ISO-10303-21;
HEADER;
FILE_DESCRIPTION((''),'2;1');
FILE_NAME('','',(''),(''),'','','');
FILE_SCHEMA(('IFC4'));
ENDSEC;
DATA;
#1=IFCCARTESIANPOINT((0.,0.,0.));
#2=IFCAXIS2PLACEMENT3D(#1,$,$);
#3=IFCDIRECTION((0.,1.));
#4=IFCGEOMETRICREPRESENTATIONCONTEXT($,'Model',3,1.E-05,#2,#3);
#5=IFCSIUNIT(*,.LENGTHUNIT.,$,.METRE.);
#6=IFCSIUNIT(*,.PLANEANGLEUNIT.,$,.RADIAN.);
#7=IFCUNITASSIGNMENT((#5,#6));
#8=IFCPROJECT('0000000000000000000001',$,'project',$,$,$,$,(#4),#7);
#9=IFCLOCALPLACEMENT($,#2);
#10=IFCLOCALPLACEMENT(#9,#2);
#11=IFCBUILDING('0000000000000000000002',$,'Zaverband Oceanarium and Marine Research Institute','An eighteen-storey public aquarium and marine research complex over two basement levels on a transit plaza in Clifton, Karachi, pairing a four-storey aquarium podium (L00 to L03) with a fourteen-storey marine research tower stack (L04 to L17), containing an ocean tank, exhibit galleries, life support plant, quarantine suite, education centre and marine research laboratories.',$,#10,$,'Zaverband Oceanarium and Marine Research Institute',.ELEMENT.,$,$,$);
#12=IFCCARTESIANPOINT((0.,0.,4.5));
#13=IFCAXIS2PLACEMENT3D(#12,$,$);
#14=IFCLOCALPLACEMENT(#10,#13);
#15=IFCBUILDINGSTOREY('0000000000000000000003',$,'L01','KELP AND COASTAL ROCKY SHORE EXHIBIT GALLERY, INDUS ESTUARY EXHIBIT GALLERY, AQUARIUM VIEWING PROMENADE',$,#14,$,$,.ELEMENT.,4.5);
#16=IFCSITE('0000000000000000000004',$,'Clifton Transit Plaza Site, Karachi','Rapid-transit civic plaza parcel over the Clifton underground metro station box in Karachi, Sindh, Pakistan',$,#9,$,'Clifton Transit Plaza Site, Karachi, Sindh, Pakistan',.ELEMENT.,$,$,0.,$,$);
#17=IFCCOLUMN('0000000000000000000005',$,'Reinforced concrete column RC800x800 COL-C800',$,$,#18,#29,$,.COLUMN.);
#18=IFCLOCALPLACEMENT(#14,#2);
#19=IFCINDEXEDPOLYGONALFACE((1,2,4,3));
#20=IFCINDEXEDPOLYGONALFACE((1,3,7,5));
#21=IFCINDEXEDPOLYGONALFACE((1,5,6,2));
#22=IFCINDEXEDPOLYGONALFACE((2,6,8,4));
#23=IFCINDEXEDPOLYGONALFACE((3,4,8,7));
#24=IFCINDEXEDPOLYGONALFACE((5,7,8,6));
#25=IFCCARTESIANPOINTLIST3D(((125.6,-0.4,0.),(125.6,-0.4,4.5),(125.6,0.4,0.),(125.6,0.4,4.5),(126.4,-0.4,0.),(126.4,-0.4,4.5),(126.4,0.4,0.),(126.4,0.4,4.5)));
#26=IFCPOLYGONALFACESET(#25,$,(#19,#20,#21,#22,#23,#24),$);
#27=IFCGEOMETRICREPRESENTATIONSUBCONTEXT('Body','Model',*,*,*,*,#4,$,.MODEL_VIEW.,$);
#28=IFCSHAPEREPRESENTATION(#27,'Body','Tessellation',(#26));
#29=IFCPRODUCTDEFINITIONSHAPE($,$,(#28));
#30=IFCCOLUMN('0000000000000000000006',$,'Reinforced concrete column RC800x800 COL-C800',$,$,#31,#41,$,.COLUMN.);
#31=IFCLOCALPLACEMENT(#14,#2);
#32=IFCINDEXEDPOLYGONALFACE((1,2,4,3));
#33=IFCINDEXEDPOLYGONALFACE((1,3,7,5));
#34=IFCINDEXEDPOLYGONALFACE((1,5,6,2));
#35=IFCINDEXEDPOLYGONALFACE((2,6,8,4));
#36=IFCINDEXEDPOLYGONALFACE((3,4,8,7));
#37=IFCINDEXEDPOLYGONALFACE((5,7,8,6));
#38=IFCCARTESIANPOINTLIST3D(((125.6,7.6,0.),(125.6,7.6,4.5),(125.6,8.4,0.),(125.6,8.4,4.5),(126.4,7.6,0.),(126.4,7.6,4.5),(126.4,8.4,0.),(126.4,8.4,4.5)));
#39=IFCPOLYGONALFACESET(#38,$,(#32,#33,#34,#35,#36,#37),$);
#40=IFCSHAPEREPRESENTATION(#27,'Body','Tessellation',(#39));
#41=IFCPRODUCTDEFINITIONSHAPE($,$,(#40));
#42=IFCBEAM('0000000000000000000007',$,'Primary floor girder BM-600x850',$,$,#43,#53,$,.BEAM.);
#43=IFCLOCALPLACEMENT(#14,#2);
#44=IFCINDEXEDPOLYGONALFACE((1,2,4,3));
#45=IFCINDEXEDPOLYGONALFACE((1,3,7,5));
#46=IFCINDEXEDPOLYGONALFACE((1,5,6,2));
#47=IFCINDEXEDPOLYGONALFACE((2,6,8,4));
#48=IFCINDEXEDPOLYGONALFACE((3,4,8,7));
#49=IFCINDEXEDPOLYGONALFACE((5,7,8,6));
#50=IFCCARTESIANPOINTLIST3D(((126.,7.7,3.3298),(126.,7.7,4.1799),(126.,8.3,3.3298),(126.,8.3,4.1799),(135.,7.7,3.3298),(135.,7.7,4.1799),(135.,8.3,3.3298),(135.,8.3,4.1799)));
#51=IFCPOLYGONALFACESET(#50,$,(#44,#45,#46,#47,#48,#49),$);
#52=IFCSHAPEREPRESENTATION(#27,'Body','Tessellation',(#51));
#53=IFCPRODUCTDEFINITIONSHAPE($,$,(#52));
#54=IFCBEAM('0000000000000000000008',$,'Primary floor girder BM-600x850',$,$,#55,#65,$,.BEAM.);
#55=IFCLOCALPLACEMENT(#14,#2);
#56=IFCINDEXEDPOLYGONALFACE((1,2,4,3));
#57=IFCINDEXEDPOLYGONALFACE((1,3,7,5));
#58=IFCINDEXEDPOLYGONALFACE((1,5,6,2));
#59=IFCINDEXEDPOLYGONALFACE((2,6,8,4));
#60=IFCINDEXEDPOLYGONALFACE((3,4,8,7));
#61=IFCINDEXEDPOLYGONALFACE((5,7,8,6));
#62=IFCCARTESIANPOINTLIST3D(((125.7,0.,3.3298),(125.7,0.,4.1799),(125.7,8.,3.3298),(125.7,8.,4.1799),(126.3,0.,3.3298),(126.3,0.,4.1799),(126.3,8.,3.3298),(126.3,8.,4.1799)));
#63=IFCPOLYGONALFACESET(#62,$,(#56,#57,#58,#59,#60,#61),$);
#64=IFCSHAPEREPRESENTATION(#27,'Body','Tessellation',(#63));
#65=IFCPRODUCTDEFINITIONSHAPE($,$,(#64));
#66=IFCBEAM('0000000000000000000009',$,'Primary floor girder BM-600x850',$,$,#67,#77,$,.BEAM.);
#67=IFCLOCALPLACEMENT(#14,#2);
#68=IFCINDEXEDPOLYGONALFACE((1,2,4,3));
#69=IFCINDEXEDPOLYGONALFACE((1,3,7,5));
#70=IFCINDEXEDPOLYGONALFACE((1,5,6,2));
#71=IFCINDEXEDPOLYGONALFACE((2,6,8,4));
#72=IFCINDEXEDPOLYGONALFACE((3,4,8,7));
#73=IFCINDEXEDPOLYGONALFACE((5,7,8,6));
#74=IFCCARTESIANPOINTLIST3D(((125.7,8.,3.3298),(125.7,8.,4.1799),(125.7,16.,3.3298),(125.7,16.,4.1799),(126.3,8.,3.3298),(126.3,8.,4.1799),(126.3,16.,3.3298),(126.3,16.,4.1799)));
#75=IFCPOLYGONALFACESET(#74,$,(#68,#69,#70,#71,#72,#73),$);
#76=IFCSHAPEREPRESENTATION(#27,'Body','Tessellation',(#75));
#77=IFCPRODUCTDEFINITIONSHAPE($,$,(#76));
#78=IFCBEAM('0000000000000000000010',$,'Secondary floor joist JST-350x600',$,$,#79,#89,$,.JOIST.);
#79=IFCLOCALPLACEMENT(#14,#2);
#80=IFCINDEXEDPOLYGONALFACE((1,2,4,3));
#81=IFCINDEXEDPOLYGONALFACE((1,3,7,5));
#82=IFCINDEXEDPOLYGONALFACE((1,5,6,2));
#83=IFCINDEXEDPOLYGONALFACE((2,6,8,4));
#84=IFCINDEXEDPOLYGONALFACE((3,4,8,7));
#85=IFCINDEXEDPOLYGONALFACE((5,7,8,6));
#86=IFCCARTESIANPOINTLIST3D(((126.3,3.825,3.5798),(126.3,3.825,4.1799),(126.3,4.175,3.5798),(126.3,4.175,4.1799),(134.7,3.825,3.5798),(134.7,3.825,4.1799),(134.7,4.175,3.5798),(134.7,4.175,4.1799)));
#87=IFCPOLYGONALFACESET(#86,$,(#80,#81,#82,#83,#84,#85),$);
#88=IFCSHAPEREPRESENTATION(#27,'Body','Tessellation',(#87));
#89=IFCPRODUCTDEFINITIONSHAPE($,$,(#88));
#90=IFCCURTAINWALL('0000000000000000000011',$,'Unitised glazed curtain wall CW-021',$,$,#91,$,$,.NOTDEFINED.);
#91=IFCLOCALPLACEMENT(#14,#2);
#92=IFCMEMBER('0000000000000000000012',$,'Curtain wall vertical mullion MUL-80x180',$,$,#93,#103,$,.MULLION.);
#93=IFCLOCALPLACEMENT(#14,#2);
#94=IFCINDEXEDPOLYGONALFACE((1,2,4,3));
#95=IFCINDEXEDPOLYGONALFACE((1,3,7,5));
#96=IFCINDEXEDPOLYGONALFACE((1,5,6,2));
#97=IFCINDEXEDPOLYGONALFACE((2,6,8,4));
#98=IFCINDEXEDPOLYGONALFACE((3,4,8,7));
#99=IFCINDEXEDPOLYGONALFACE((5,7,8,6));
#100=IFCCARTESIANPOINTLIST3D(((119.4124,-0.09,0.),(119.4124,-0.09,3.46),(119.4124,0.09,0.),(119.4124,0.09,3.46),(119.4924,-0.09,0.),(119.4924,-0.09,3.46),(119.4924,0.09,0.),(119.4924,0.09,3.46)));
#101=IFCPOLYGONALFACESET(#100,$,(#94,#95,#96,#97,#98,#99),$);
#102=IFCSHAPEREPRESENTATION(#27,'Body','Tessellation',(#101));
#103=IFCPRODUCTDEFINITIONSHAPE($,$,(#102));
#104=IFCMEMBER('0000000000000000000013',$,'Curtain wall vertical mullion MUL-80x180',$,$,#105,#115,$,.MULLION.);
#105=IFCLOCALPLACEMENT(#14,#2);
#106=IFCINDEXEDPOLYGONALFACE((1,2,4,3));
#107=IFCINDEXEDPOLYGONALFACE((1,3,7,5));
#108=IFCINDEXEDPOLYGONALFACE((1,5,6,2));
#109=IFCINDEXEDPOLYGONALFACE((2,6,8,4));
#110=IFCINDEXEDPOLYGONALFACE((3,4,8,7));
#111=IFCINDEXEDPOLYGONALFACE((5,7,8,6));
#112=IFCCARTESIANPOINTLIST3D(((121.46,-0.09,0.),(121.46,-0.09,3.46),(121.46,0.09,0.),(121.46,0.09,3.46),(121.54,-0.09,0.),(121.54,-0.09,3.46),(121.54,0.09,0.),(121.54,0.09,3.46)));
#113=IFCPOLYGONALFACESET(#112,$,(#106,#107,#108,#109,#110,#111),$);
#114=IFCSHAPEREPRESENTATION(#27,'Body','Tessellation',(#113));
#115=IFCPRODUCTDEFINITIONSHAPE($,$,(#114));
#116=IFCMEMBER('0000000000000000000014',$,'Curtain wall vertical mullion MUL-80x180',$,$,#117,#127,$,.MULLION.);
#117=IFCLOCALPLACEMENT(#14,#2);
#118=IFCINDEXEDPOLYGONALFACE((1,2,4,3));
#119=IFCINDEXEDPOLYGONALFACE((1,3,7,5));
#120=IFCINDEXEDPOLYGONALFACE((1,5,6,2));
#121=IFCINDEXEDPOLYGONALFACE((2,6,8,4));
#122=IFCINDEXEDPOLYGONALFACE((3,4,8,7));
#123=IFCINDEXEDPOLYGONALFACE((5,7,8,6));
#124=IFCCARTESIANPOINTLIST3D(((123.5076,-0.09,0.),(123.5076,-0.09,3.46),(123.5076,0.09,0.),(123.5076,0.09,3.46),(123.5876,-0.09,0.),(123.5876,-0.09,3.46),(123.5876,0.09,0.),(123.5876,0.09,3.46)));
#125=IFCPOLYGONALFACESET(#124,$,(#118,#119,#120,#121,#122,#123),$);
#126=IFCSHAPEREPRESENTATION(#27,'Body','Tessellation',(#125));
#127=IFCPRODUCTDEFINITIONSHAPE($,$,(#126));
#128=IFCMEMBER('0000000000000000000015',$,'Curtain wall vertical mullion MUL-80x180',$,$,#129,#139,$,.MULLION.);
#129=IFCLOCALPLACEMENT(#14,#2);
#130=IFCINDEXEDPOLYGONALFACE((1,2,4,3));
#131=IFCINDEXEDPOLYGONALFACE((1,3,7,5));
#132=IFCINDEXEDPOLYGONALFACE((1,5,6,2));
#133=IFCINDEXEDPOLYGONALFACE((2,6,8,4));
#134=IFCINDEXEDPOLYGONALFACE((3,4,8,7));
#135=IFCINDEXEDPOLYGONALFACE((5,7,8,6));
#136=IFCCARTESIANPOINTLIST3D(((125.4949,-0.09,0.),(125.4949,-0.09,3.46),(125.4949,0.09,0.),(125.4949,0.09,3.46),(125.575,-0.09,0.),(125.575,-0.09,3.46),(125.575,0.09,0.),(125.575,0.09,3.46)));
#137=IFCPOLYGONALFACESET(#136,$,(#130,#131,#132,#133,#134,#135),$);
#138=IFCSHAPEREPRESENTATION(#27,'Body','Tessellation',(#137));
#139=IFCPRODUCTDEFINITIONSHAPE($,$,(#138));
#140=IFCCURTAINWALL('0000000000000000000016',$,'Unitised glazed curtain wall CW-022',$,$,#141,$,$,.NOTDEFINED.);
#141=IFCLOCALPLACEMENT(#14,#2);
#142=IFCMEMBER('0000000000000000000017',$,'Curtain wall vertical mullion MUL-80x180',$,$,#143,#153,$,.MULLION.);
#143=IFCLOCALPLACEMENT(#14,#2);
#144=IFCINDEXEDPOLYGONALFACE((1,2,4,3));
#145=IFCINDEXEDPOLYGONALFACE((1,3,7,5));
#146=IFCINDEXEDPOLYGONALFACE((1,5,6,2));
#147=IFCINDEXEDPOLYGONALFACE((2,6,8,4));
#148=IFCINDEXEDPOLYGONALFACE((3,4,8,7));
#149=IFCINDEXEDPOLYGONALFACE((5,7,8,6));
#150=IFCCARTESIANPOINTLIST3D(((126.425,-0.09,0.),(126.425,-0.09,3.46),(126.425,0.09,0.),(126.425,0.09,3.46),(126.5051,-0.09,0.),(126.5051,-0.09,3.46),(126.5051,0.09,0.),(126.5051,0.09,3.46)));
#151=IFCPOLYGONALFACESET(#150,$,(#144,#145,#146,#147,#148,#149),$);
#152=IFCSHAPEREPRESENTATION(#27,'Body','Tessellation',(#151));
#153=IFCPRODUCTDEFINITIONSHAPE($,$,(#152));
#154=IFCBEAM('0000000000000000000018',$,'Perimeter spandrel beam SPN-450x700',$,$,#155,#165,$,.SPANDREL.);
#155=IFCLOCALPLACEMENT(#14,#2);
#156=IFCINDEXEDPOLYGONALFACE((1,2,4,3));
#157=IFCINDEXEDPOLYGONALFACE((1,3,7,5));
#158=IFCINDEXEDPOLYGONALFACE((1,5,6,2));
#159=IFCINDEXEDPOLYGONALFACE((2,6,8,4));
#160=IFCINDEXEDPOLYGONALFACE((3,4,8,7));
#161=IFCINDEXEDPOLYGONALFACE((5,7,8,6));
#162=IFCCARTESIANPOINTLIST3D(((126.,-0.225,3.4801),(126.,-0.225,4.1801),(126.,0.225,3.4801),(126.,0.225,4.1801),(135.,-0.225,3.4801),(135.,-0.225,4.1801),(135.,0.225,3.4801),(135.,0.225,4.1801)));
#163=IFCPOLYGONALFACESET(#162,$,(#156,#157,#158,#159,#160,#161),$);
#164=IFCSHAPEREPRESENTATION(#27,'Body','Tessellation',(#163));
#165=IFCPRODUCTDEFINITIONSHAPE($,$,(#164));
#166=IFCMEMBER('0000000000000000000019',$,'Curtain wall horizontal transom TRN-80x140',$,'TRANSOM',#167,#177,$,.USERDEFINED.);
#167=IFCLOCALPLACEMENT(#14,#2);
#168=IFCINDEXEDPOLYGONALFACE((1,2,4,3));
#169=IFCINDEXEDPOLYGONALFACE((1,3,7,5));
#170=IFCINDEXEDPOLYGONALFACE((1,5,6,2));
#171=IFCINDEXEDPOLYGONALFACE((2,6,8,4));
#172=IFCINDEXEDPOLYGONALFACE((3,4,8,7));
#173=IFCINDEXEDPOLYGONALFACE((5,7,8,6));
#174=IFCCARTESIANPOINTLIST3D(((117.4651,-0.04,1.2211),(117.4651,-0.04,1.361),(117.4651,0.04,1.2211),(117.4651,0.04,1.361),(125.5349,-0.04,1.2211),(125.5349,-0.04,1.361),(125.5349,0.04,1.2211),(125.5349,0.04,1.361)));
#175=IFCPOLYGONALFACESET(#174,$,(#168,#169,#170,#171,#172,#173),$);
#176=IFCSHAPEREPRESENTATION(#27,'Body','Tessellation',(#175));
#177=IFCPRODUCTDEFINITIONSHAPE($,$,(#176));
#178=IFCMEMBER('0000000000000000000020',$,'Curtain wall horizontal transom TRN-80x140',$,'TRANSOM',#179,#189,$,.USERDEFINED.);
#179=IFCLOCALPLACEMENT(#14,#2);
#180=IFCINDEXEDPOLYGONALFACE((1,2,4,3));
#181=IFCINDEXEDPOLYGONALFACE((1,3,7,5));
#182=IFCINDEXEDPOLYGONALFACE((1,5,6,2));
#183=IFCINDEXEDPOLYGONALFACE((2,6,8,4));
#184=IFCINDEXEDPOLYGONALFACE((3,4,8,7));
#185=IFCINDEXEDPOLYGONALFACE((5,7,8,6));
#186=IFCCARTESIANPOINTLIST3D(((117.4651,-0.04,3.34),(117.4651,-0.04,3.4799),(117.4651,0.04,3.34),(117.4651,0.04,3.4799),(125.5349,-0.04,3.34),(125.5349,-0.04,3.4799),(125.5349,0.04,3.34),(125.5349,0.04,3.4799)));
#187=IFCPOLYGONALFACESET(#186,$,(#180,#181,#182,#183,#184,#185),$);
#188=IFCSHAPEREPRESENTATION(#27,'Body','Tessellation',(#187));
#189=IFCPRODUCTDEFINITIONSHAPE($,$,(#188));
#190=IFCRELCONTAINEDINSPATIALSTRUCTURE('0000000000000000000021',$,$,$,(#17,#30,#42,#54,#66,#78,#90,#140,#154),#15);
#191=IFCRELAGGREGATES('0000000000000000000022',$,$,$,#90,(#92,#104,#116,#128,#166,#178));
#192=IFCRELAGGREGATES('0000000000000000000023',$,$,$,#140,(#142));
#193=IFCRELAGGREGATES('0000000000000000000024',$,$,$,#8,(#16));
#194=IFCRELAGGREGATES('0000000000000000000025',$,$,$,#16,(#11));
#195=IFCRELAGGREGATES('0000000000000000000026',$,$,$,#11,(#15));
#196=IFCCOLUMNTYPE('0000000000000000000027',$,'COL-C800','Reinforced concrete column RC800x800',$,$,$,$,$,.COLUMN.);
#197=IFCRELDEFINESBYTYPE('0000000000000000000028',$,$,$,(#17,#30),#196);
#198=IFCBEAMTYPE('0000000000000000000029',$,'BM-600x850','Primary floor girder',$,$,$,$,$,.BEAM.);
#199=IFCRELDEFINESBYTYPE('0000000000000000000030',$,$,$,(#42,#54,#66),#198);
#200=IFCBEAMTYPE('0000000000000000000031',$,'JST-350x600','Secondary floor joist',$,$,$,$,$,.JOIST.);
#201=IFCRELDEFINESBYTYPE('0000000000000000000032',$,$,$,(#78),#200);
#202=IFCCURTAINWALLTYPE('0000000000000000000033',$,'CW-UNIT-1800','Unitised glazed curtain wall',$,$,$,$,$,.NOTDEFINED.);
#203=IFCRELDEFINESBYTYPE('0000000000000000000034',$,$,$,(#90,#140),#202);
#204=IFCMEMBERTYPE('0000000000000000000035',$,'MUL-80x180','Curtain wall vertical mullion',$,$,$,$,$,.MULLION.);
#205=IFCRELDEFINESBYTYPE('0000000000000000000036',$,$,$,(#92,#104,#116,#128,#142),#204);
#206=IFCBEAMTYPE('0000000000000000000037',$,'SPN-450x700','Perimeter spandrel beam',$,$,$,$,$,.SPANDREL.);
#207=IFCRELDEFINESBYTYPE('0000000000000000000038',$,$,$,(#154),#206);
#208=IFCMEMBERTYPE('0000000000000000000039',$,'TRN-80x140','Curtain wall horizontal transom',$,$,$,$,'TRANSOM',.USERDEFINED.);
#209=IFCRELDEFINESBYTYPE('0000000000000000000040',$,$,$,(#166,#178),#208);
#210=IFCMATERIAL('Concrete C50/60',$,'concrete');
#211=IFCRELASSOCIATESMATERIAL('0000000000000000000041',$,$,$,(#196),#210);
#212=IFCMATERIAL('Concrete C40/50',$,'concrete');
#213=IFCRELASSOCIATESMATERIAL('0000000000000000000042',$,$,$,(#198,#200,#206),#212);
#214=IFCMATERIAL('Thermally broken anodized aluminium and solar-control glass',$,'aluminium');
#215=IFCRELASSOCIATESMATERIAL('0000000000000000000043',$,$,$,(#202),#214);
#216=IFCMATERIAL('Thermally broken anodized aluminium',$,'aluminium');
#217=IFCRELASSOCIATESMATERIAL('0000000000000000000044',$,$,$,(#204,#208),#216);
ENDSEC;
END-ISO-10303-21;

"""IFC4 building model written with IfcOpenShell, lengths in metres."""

from ifc_helpers import new_model, si_unit, direction, frame, origin, origin_2d, place, context, subcontext, project, spatial, rectangle, extrude, material, material_profile, profile_set, type_object, element, aggregate, save


model = new_model("IFC4")

# Units and contexts
model_context = context("Model", 3, precision=1e-05, world=origin(), true_north=direction((0.0, 1.0)))
body_context = subcontext(model_context, "Body", "Model", "MODEL_VIEW")
ifc_project = project(units=[si_unit("LENGTHUNIT", "METRE"), si_unit("PLANEANGLEUNIT", "RADIAN")], contexts=[model_context])

# Site, building, storey
site_placement = place(None, origin())
site = spatial("IfcSite", under=ifc_project, at=site_placement, Name="Clifton Transit Plaza Site, Karachi", Description="Rapid-transit civic plaza parcel over the Clifton underground metro station box in Karachi, Sindh, Pakistan", LongName="Clifton Transit Plaza Site, Karachi, Sindh, Pakistan", CompositionType="ELEMENT", RefElevation=0.0)
building_placement = place(site_placement, origin())
building = spatial("IfcBuilding", under=site, at=building_placement, Name="Zaverband Oceanarium and Marine Research Institute", Description="An eighteen-storey public aquarium and marine research complex over two basement levels on a transit plaza in Clifton, Karachi, pairing a four-storey aquarium podium (L00 to L03) with a fourteen-storey marine research tower stack (L04 to L17), containing an ocean tank, exhibit galleries, life support plant, quarantine suite, education centre and marine research laboratories.", LongName="Zaverband Oceanarium and Marine Research Institute", CompositionType="ELEMENT")
storey_placement = place(building_placement, frame((0.0, 0.0, 4.5)))
storey = spatial("IfcBuildingStorey", under=building, at=storey_placement, Name="L01", Description="KELP AND COASTAL ROCKY SHORE EXHIBIT GALLERY, INDUS ESTUARY EXHIBIT GALLERY, AQUARIUM VIEWING PROMENADE", CompositionType="ELEMENT", Elevation=4.5)

# Columns
ifc_material_1 = material(Name="Concrete C50/60", Category="concrete")
ifc_material_profile_1 = material_profile(ifc_material_1, rectangle(XDim=0.8, YDim=0.8, at=origin_2d()), Name="RC800x800")
ifc_profile_set_1 = profile_set([ifc_material_profile_1], Name="Concrete C50/60")
column_type = type_object("IfcColumnType", Name="COL-C800", Description="Reinforced concrete column RC800x800", PredefinedType="COLUMN", material=ifc_profile_set_1)
for number, where, z_axis, x_axis, name in (
    (1, (126.0, 0.0, 0.0), (0.0, 0.0, 1.0), (1.0, 0.0, 0.0), "Reinforced concrete column RC800x800 COL-C800"),
    (2, (126.0, 8.0, 0.0), (0.0, 0.0, 1.0), (1.0, 0.0, 0.0), "Reinforced concrete column RC800x800 COL-C800"),
):
    element("IfcColumn", number, at=place(storey_placement, frame(where, z_axis=z_axis, x_axis=x_axis)), inside=storey, type_object=column_type, Name=name, PredefinedType="COLUMN", context=body_context, shape_type="SweptSolid", body=[
        extrude(rectangle(XDim=0.8, YDim=0.8, at=origin_2d()), origin(), (0.0, 0.0, 1.0), 4.5),
    ])

# Beams
ifc_material_2 = material(Name="Concrete C40/50", Category="concrete")
ifc_material_profile_2 = material_profile(ifc_material_2, rectangle(XDim=0.6001, YDim=0.8501, at=origin_2d()), Name="RC600x850")
ifc_profile_set_2 = profile_set([ifc_material_profile_2], Name="Concrete C40/50")
beam_type_1 = type_object("IfcBeamType", Name="BM-600x850", Description="Primary floor girder", PredefinedType="BEAM", material=ifc_profile_set_2)
beam_1_placement = place(storey_placement, frame((126.0, 8.0, 3.7549), z_axis=(1.0, 0.0, 0.0), x_axis=(0.0, 1.0, 0.0)))
element("IfcBeam", 3, at=beam_1_placement, inside=storey, type_object=beam_type_1, Name="Primary floor girder BM-600x850", PredefinedType="BEAM", context=body_context, shape_type="SweptSolid", body=[
    extrude(rectangle(XDim=0.6001, YDim=0.8501, at=origin_2d()), origin(), (0.0, 0.0, 1.0), 9.0),
])
for number, where, z_axis, x_axis, name in (
    (4, (126.0, 0.0, 3.7549), (0.0, 1.0, 0.0), (-1.0, 0.0, 0.0), "Primary floor girder BM-600x850"),
    (5, (126.0, 8.0, 3.7549), (0.0, 1.0, 0.0), (-1.0, 0.0, 0.0), "Primary floor girder BM-600x850"),
):
    element("IfcBeam", number, at=place(storey_placement, frame(where, z_axis=z_axis, x_axis=x_axis)), inside=storey, type_object=beam_type_1, Name=name, PredefinedType="BEAM", context=body_context, shape_type="SweptSolid", body=[
        extrude(rectangle(XDim=0.6001, YDim=0.8501, at=origin_2d()), origin(), (0.0, 0.0, 1.0), 8.0),
    ])
ifc_material_profile_3 = material_profile(ifc_material_2, rectangle(XDim=0.3501, YDim=0.6001, at=origin_2d()), Name="RC350x600")
ifc_profile_set_3 = profile_set([ifc_material_profile_3], Name="Concrete C40/50")
beam_type_2 = type_object("IfcBeamType", Name="JST-350x600", Description="Secondary floor joist", PredefinedType="JOIST", material=ifc_profile_set_3)
beam_2_placement = place(storey_placement, frame((126.3, 4.0, 3.8799), z_axis=(1.0, 0.0, 0.0), x_axis=(0.0, 1.0, 0.0)))
element("IfcBeam", 6, at=beam_2_placement, inside=storey, type_object=beam_type_2, Name="Secondary floor joist JST-350x600", PredefinedType="JOIST", context=body_context, shape_type="SweptSolid", body=[
    extrude(rectangle(XDim=0.3501, YDim=0.6001, at=origin_2d()), origin(), (0.0, 0.0, 1.0), 8.3999),
])

# Curtain wall, members
ifc_material_3 = material(Name="Thermally broken anodized aluminium and solar-control glass", Category="aluminium")
curtain_wall_type = type_object("IfcCurtainWallType", Name="CW-UNIT-1800", Description="Unitised glazed curtain wall", PredefinedType="NOTDEFINED", material=ifc_material_3)
curtain_wall_1_placement = place(storey_placement, origin())
curtain_wall_1 = element("IfcCurtainWall", 7, at=curtain_wall_1_placement, inside=storey, type_object=curtain_wall_type, Name="Unitised glazed curtain wall CW-021", PredefinedType="NOTDEFINED")
ifc_material_4 = material(Name="Thermally broken anodized aluminium", Category="aluminium")
ifc_material_profile_4 = material_profile(ifc_material_4, rectangle(XDim=0.0801, YDim=0.1799, at=origin_2d()), Name="AL-MUL-80x180")
ifc_profile_set_4 = profile_set([ifc_material_profile_4], Name="Thermally broken anodized aluminium")
member_type_1 = type_object("IfcMemberType", Name="MUL-80x180", Description="Curtain wall vertical mullion", PredefinedType="MULLION", material=ifc_profile_set_4)
member_1_placement = place(storey_placement, frame((119.4524, 0.0, 0.0), z_axis=(0.0, 0.0, 1.0), x_axis=(1.0, 0.0, 0.0)))
member_1 = element("IfcMember", 8, at=member_1_placement, type_object=member_type_1, Name="Curtain wall vertical mullion MUL-80x180", PredefinedType="MULLION", context=body_context, shape_type="SweptSolid", body=[
    extrude(rectangle(XDim=0.0801, YDim=0.1799, at=origin_2d()), origin(), (0.0, 0.0, 1.0), 3.46),
])
member_2_placement = place(storey_placement, frame((121.5, 0.0, 0.0), z_axis=(0.0, 0.0, 1.0), x_axis=(1.0, 0.0, 0.0)))
member_2 = element("IfcMember", 9, at=member_2_placement, type_object=member_type_1, Name="Curtain wall vertical mullion MUL-80x180", PredefinedType="MULLION", context=body_context, shape_type="SweptSolid", body=[
    extrude(rectangle(XDim=0.0801, YDim=0.1799, at=origin_2d()), origin(), (0.0, 0.0, 1.0), 3.46),
])
member_3_placement = place(storey_placement, frame((123.5476, 0.0, 0.0), z_axis=(0.0, 0.0, 1.0), x_axis=(1.0, 0.0, 0.0)))
member_3 = element("IfcMember", 10, at=member_3_placement, type_object=member_type_1, Name="Curtain wall vertical mullion MUL-80x180", PredefinedType="MULLION", context=body_context, shape_type="SweptSolid", body=[
    extrude(rectangle(XDim=0.0801, YDim=0.1799, at=origin_2d()), origin(), (0.0, 0.0, 1.0), 3.46),
])
member_4_placement = place(storey_placement, frame((125.5349, 0.0, 0.0), z_axis=(0.0, 0.0, 1.0), x_axis=(1.0, 0.0, 0.0)))
member_4 = element("IfcMember", 11, at=member_4_placement, type_object=member_type_1, Name="Curtain wall vertical mullion MUL-80x180", PredefinedType="MULLION", context=body_context, shape_type="SweptSolid", body=[
    extrude(rectangle(XDim=0.0801, YDim=0.1799, at=origin_2d()), origin(), (0.0, 0.0, 1.0), 3.46),
])

# Curtain wall, member
curtain_wall_2_placement = place(storey_placement, origin())
curtain_wall_2 = element("IfcCurtainWall", 12, at=curtain_wall_2_placement, inside=storey, type_object=curtain_wall_type, Name="Unitised glazed curtain wall CW-022", PredefinedType="NOTDEFINED")
member_5_placement = place(storey_placement, frame((126.4651, 0.0, 0.0), z_axis=(0.0, 0.0, 1.0), x_axis=(1.0, 0.0, 0.0)))
member_5 = element("IfcMember", 13, at=member_5_placement, type_object=member_type_1, Name="Curtain wall vertical mullion MUL-80x180", PredefinedType="MULLION", context=body_context, shape_type="SweptSolid", body=[
    extrude(rectangle(XDim=0.0801, YDim=0.1799, at=origin_2d()), origin(), (0.0, 0.0, 1.0), 3.46),
])

# Beam
ifc_material_profile_5 = material_profile(ifc_material_2, rectangle(XDim=0.45, YDim=0.7, at=origin_2d()), Name="RC450x700")
ifc_profile_set_5 = profile_set([ifc_material_profile_5], Name="Concrete C40/50")
beam_type_3 = type_object("IfcBeamType", Name="SPN-450x700", Description="Perimeter spandrel beam", PredefinedType="SPANDREL", material=ifc_profile_set_5)
beam_3_placement = place(storey_placement, frame((126.0, 0.0, 3.8301), z_axis=(1.0, 0.0, 0.0), x_axis=(0.0, 1.0, 0.0)))
element("IfcBeam", 14, at=beam_3_placement, inside=storey, type_object=beam_type_3, Name="Perimeter spandrel beam SPN-450x700", PredefinedType="SPANDREL", context=body_context, shape_type="SweptSolid", body=[
    extrude(rectangle(XDim=0.45, YDim=0.7, at=origin_2d()), origin(), (0.0, 0.0, 1.0), 9.0),
])

# Members
ifc_material_profile_6 = material_profile(ifc_material_4, rectangle(XDim=0.0801, YDim=0.1399, at=origin_2d()), Name="AL-TRN-80x140")
ifc_profile_set_6 = profile_set([ifc_material_profile_6], Name="Thermally broken anodized aluminium")
member_type_2 = type_object("IfcMemberType", Name="TRN-80x140", Description="Curtain wall horizontal transom", ElementType="TRANSOM", PredefinedType="USERDEFINED", material=ifc_profile_set_6)
member_6_placement = place(storey_placement, frame((117.4651, 0.0, 1.291), z_axis=(1.0, 0.0, 0.0), x_axis=(0.0, 1.0, 0.0)))
member_6 = element("IfcMember", 15, at=member_6_placement, type_object=member_type_2, Name="Curtain wall horizontal transom TRN-80x140", ObjectType="TRANSOM", PredefinedType="USERDEFINED", context=body_context, shape_type="SweptSolid", body=[
    extrude(rectangle(XDim=0.0801, YDim=0.1399, at=origin_2d()), origin(), (0.0, 0.0, 1.0), 8.0698),
])
member_7_placement = place(storey_placement, frame((117.4651, 0.0, 3.4099), z_axis=(1.0, 0.0, 0.0), x_axis=(0.0, 1.0, 0.0)))
member_7 = element("IfcMember", 16, at=member_7_placement, type_object=member_type_2, Name="Curtain wall horizontal transom TRN-80x140", ObjectType="TRANSOM", PredefinedType="USERDEFINED", context=body_context, shape_type="SweptSolid", body=[
    extrude(rectangle(XDim=0.0801, YDim=0.1399, at=origin_2d()), origin(), (0.0, 0.0, 1.0), 8.0698),
])

aggregate(curtain_wall_1, [member_1, member_2, member_3, member_4, member_6, member_7])
aggregate(curtain_wall_2, [member_5])

save(model, "model.ifc")
